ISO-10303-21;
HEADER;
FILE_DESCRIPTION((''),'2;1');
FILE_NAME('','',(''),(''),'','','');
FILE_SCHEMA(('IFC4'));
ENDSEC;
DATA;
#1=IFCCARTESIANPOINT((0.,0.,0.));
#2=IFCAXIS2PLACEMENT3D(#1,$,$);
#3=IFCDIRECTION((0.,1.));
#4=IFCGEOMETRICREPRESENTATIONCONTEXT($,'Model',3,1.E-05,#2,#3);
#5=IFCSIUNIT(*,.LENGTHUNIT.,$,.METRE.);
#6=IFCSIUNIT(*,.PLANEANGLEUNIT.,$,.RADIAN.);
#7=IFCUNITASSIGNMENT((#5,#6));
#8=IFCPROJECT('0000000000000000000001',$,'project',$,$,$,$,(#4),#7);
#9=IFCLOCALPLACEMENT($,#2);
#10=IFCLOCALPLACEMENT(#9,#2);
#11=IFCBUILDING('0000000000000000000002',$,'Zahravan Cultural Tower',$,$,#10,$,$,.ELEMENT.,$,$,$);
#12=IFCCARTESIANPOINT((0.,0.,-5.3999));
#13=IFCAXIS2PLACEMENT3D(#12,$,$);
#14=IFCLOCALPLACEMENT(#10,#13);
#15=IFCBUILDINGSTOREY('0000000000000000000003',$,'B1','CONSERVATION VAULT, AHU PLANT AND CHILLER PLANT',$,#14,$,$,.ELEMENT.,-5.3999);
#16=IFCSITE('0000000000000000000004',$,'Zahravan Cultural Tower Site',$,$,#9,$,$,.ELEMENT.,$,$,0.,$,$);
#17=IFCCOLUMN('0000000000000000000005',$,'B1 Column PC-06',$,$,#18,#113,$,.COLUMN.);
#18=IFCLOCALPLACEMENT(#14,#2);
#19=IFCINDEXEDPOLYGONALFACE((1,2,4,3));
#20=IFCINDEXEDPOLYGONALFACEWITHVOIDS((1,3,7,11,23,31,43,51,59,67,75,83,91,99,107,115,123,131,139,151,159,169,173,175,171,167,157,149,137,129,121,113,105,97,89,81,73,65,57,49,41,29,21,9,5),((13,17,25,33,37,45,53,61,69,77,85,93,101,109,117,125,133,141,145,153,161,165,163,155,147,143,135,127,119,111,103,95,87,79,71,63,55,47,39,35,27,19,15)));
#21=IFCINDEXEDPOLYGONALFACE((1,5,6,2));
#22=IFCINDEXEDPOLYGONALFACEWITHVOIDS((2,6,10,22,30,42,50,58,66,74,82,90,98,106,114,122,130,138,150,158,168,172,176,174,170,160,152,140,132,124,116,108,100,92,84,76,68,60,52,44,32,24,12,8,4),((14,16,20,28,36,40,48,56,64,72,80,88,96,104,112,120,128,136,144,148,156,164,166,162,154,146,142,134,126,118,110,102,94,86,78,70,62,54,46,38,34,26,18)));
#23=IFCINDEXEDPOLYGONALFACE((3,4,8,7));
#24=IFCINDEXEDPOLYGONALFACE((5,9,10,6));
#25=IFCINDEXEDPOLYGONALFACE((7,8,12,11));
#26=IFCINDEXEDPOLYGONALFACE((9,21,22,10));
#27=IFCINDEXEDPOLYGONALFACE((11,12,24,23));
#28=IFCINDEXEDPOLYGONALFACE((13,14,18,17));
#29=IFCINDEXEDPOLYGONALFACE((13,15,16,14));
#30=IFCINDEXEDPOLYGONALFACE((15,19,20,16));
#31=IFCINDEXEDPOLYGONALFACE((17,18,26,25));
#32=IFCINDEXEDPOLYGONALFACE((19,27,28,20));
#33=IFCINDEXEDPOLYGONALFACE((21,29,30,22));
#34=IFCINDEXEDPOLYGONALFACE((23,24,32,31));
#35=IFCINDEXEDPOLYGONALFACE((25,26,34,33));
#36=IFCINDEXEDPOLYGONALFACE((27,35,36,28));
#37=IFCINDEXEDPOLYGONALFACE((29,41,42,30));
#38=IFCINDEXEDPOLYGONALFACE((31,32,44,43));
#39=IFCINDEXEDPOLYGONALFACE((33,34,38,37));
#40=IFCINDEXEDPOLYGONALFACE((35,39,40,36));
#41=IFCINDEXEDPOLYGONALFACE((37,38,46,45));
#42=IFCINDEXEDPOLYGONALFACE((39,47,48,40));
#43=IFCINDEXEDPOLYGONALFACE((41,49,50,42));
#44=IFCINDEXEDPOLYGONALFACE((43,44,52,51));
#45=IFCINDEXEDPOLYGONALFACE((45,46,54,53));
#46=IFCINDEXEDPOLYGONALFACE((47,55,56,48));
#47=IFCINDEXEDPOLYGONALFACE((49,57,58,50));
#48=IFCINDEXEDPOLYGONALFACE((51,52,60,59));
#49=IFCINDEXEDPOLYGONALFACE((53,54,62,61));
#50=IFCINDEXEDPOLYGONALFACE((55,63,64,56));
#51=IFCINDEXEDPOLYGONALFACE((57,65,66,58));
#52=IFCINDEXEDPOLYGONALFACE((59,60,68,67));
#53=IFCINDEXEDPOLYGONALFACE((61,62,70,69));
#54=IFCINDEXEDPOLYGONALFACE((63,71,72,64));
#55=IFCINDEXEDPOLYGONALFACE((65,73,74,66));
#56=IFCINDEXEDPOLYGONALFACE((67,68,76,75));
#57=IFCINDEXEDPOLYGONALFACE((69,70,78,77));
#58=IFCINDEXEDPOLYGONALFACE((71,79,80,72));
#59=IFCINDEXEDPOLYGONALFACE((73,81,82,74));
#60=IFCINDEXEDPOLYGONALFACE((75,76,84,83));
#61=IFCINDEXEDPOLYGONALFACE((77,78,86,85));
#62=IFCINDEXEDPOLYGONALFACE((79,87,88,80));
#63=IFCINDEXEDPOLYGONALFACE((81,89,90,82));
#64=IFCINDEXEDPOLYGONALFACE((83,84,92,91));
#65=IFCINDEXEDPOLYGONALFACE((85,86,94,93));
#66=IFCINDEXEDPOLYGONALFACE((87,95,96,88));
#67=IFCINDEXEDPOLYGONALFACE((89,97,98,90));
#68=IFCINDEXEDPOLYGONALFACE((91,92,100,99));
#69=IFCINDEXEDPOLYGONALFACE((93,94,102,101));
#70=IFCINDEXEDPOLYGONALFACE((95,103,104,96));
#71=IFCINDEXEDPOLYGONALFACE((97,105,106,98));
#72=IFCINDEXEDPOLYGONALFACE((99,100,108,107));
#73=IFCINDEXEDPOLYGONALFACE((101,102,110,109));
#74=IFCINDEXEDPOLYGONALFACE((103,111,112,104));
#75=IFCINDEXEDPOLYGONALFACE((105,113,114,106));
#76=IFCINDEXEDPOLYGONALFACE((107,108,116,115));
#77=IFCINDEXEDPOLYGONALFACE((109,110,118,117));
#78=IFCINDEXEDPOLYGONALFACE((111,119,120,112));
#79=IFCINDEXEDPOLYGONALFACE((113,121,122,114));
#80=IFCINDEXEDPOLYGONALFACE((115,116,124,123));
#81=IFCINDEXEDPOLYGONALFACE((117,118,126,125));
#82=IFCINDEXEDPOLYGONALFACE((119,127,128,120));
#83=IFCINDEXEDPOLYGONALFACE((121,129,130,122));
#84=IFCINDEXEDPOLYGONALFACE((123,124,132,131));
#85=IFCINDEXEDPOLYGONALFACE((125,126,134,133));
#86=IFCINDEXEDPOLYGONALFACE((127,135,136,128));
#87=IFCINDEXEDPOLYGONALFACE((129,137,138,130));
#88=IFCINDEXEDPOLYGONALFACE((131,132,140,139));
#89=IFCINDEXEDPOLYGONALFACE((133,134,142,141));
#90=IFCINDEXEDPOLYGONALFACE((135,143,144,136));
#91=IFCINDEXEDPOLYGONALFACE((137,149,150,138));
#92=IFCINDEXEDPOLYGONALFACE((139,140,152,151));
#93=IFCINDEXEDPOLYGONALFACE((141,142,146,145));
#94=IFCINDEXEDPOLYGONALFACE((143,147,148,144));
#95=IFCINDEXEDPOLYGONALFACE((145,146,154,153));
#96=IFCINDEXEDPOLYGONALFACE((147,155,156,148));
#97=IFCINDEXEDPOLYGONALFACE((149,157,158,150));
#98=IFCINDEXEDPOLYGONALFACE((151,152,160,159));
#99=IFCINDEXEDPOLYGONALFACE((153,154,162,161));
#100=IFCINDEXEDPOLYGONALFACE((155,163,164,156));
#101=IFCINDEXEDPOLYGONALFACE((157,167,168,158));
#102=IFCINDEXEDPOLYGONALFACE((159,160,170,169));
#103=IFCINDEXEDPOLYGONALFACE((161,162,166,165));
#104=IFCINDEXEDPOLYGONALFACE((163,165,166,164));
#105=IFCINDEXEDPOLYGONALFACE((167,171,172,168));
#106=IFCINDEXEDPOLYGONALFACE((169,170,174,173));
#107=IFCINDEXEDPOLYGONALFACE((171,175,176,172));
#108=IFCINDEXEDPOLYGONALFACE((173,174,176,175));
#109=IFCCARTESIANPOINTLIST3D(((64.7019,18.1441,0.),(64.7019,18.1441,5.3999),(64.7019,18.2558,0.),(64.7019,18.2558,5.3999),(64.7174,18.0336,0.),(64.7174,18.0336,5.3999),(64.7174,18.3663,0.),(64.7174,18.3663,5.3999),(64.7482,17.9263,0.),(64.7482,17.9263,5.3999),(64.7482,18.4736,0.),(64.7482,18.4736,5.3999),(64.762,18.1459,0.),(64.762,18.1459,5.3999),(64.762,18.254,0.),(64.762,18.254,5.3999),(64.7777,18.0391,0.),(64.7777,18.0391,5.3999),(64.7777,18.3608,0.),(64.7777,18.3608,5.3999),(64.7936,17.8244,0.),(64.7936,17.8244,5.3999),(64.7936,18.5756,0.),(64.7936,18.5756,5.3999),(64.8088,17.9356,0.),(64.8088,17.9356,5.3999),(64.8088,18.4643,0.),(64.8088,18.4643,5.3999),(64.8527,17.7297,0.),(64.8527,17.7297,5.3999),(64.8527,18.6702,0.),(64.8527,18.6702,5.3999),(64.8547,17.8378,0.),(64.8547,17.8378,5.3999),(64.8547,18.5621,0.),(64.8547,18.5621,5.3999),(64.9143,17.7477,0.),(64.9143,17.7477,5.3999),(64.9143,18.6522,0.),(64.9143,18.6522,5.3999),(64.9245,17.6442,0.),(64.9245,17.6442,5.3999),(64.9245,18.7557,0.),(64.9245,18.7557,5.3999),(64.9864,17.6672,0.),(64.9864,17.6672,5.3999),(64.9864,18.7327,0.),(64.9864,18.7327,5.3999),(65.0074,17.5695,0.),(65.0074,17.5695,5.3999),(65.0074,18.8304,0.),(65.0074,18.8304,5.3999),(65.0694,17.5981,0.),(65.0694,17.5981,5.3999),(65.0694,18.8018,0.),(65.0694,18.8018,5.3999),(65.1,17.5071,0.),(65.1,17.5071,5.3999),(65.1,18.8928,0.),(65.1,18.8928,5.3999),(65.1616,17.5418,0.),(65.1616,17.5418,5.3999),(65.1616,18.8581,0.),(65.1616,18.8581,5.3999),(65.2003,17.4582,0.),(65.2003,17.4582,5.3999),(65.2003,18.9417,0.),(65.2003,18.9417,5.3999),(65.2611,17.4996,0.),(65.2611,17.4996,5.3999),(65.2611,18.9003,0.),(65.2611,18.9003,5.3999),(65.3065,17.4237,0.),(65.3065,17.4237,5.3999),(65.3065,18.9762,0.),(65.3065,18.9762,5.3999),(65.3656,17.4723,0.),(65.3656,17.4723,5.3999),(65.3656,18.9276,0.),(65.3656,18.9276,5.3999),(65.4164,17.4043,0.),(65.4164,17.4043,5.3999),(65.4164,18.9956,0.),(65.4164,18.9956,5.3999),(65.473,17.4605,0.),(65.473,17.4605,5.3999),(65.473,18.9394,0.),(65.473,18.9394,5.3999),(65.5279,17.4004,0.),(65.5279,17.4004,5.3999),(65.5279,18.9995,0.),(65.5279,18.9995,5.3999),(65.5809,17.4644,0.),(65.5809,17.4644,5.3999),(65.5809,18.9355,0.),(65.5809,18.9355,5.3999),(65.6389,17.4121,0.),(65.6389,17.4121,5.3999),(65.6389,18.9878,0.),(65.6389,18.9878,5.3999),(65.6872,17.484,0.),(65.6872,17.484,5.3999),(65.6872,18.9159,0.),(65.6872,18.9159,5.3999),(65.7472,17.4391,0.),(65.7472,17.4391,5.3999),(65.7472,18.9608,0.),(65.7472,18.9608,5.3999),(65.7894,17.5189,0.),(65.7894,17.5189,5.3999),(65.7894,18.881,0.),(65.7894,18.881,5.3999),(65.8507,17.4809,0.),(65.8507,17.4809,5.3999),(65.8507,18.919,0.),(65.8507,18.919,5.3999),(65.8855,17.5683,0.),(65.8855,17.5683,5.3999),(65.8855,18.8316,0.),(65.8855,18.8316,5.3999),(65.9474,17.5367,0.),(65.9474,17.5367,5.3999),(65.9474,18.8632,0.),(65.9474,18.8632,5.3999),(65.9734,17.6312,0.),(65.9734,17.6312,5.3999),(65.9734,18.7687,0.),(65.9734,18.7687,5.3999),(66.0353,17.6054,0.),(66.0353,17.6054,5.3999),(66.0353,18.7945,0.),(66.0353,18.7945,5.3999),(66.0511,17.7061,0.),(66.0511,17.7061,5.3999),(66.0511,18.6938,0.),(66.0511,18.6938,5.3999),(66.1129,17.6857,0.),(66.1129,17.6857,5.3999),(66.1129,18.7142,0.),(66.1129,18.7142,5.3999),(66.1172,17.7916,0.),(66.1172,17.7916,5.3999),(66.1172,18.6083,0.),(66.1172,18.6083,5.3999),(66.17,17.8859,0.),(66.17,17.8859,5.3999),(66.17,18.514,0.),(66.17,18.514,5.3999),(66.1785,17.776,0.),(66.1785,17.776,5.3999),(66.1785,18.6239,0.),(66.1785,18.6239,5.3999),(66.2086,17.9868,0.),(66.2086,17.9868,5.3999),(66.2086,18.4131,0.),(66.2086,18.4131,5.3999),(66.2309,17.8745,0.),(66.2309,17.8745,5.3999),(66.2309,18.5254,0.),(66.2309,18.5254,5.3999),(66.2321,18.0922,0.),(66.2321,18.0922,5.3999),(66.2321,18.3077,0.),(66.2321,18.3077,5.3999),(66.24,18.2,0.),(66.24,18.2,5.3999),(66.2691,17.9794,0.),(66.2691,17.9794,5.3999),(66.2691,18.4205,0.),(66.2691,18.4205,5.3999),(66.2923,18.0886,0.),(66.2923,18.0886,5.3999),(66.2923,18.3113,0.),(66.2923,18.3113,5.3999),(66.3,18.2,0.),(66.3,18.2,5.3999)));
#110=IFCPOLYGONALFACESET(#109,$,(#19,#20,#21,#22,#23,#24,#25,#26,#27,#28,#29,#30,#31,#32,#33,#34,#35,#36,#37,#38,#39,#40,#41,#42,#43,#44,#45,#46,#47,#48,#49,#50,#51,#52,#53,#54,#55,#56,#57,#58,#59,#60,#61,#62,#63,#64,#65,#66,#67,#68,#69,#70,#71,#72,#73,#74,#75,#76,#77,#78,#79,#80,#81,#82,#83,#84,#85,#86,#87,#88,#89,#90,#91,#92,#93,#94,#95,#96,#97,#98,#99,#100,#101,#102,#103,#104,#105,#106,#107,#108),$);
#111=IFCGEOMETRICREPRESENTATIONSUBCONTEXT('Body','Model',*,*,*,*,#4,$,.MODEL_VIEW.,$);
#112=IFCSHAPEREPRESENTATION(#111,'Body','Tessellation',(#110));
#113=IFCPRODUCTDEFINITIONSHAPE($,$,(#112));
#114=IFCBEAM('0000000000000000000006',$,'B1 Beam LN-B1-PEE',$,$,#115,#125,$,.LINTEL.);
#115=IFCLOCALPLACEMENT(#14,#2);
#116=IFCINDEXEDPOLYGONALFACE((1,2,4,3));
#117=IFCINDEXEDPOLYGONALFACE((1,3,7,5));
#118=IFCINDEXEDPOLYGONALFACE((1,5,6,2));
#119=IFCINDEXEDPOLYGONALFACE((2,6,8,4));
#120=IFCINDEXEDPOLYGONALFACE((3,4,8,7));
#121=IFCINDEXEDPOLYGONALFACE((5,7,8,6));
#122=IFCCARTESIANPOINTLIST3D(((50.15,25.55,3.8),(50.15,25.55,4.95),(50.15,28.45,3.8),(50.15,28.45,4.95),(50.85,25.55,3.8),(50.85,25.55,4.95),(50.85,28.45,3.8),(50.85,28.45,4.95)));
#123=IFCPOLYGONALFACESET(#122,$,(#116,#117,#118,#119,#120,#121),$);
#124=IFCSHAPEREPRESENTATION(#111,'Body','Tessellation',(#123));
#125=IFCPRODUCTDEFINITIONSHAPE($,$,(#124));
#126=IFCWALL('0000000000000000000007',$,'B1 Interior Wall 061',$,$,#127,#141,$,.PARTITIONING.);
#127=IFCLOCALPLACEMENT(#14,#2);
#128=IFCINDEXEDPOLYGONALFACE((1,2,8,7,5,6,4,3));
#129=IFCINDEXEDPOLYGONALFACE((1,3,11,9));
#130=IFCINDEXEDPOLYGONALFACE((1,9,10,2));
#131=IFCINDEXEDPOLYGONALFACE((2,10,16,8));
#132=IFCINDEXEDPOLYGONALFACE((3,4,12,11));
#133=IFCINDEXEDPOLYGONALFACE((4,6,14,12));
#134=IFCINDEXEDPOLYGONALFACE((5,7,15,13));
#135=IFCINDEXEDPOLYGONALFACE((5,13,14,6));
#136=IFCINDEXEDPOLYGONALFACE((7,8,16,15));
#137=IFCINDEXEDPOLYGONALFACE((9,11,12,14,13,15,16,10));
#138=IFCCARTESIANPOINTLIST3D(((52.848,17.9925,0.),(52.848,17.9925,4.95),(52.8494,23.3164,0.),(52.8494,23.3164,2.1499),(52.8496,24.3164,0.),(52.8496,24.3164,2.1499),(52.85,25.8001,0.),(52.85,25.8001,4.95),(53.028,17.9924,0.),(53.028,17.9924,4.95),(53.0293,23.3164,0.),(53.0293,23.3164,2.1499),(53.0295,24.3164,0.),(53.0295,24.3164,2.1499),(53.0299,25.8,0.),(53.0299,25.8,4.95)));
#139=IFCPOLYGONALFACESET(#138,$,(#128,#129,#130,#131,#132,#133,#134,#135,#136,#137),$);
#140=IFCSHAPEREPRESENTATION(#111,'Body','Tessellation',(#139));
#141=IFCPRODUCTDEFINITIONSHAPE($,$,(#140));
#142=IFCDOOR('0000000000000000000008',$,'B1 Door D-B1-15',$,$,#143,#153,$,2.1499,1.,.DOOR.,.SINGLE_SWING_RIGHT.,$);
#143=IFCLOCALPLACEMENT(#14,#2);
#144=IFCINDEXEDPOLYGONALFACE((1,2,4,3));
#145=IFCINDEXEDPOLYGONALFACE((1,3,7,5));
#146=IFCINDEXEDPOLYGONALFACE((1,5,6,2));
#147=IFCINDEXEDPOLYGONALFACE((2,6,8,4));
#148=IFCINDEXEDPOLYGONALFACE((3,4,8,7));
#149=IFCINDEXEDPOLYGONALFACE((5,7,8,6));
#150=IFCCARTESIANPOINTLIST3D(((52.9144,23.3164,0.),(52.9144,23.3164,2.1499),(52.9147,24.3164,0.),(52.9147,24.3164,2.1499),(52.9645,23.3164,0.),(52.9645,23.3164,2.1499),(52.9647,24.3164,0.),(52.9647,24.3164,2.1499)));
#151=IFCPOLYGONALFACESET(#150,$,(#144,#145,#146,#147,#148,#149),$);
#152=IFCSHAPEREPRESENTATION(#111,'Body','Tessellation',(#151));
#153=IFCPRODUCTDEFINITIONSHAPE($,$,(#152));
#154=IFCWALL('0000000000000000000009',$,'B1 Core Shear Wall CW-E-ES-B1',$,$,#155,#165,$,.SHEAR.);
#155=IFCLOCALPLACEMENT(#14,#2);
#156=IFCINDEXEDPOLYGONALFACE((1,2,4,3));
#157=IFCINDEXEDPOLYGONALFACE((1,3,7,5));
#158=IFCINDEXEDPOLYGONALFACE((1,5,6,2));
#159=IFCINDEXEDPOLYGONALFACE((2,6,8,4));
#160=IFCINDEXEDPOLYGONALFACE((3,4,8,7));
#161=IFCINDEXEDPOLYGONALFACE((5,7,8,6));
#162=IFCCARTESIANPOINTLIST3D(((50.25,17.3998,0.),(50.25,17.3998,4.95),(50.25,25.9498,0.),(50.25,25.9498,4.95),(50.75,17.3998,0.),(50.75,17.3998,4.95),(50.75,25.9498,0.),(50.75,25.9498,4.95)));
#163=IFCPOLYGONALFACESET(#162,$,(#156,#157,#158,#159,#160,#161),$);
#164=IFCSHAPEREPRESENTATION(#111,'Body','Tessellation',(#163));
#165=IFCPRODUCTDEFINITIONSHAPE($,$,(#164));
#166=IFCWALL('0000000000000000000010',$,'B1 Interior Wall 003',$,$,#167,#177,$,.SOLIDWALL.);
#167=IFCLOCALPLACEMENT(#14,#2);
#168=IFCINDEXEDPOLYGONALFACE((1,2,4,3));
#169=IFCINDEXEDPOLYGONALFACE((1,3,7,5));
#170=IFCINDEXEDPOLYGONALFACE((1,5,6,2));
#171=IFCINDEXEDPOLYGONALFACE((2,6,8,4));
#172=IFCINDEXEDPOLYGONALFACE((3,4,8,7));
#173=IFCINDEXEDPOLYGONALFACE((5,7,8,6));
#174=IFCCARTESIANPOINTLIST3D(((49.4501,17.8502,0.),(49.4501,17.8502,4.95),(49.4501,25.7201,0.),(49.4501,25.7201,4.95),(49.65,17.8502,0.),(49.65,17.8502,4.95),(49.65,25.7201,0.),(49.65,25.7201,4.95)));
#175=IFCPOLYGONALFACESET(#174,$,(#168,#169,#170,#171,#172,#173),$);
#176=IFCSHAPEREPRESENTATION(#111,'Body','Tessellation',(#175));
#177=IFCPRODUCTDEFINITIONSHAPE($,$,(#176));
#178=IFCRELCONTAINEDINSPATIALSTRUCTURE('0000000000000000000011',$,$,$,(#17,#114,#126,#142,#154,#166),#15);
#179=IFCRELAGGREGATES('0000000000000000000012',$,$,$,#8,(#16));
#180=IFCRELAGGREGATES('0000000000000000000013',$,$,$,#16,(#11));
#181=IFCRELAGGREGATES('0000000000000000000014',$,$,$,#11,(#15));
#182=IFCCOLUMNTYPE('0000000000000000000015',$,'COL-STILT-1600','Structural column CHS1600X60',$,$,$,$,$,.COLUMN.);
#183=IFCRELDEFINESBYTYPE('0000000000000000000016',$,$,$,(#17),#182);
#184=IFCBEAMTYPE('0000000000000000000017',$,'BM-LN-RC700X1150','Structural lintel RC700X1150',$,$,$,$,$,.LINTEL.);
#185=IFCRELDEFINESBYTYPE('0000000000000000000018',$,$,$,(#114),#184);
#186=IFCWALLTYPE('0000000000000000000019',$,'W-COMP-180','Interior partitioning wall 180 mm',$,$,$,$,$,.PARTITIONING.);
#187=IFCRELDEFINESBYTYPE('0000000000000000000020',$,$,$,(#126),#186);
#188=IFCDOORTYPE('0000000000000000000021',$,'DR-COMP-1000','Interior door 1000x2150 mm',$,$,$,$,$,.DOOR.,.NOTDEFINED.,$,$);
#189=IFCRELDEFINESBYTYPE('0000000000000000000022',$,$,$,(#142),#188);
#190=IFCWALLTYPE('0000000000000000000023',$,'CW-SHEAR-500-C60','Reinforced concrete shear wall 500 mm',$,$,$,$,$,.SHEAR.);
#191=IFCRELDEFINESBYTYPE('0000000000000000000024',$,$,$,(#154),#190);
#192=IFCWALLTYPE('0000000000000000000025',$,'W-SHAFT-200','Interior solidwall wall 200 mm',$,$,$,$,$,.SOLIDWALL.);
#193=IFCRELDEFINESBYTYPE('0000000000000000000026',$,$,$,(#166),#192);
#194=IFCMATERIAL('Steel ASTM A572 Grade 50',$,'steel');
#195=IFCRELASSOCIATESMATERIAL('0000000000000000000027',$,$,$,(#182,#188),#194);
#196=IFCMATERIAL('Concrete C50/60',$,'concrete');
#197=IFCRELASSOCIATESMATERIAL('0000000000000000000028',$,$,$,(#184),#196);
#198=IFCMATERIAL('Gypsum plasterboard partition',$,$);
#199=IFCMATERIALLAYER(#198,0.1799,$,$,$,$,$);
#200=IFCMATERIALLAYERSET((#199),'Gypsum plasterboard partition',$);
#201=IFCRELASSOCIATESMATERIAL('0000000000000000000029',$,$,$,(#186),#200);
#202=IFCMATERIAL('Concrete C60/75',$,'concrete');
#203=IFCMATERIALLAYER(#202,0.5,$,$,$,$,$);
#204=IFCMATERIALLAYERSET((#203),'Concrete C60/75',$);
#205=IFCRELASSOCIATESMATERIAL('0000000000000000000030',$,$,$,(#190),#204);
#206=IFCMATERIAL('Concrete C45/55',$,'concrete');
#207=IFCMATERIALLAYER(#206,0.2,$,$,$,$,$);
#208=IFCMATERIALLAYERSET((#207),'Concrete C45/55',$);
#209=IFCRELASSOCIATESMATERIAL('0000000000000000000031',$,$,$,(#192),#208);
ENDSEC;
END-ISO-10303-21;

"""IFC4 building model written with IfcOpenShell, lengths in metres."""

from ifc_helpers import new_model, si_unit, direction, frame, frame_2d, origin, origin_2d, place, context, subcontext, project, spatial, rectangle, hollow_circle, extrude, source, transform, mapped, material, layer, layer_set, material_profile, profile_set, type_object, element, fill, save


model = new_model("IFC4")

# Units and contexts
model_context = context("Model", 3, precision=1e-05, world=origin(), true_north=direction((0.0, 1.0)))
body_context = subcontext(model_context, "Body", "Model", "MODEL_VIEW")
ifc_project = project(units=[si_unit("LENGTHUNIT", "METRE"), si_unit("PLANEANGLEUNIT", "RADIAN")], contexts=[model_context])

# Site, building, storey
site_placement = place(None, origin())
site = spatial("IfcSite", under=ifc_project, at=site_placement, Name="Zahravan Cultural Tower Site", CompositionType="ELEMENT", RefElevation=0.0)
building_placement = place(site_placement, origin())
building = spatial("IfcBuilding", under=site, at=building_placement, Name="Zahravan Cultural Tower", CompositionType="ELEMENT")
storey_placement = place(building_placement, frame((0.0, 0.0, -5.3999)))
storey = spatial("IfcBuildingStorey", under=building, at=storey_placement, Name="B1", Description="CONSERVATION VAULT, AHU PLANT AND CHILLER PLANT", CompositionType="ELEMENT", Elevation=-5.3999)

# Shared definitions
ifc_material_1 = material(Name="Concrete C45/55", Category="concrete")

# Shared definitions
ifc_material_2 = material(Name="Concrete C50/60", Category="concrete")

# Column
ifc_material_3 = material(Name="Concrete C60/75", Category="concrete")
ifc_material_4 = material(Name="Steel ASTM A572 Grade 50", Category="steel")
ifc_material_profile_1 = material_profile(ifc_material_4, hollow_circle(Radius=0.8, WallThickness=0.0601, at=origin_2d()), Name="CHS1600X60")
ifc_profile_set_1 = profile_set([ifc_material_profile_1], Name="Steel ASTM A572 Grade 50")
column_type_1 = type_object("IfcColumnType", Name="COL-STILT-1600", Description="Structural column CHS1600X60", PredefinedType="COLUMN", material=ifc_profile_set_1)
shared_shape_1 = source(origin(), body_context, "Body", "SweptSolid", [
    extrude(hollow_circle(Radius=0.8, WallThickness=0.0601, at=origin_2d()), origin(), (0.0, 0.0, 1.0), 5.3999),
])
column_1_placement = place(storey_placement, frame((65.5, 18.2, 0.0), z_axis=(0.0, 0.0, 1.0), x_axis=(1.0, 0.0, 0.0)))
element("IfcColumn", 1, at=column_1_placement, inside=storey, type_object=column_type_1, Name="B1 Column PC-06", PredefinedType="COLUMN", context=body_context, shape_type="MappedRepresentation", body=[
    mapped(shared_shape_1, transform((0.0, 0.0, 0.0), x_axis=(1.0, 0.0, 0.0), y_axis=(0.0, 1.0, 0.0), z_axis=(0.0, 0.0, 1.0), scale=1.0)),
])

# Beam
ifc_material_profile_2 = material_profile(ifc_material_2, rectangle(XDim=0.7, YDim=1.1499, at=origin_2d()), Name="RC700X1150")
ifc_profile_set_2 = profile_set([ifc_material_profile_2], Name="Concrete C50/60")
beam_type = type_object("IfcBeamType", Name="BM-LN-RC700X1150", Description="Structural lintel RC700X1150", PredefinedType="LINTEL", material=ifc_profile_set_2)
shared_shape_2 = source(origin(), body_context, "Body", "SweptSolid", [
    extrude(rectangle(XDim=0.7, YDim=1.1499, at=origin_2d()), origin(), (0.0, 0.0, 1.0), 2.8999),
])
beam_placement = place(storey_placement, frame((50.5, 25.55, 4.375), z_axis=(0.0, 1.0, 0.0), x_axis=(-1.0, 0.0, 0.0)))
element("IfcBeam", 2, at=beam_placement, inside=storey, type_object=beam_type, Name="B1 Beam LN-B1-PEE", PredefinedType="LINTEL", context=body_context, shape_type="MappedRepresentation", body=[
    mapped(shared_shape_2, transform((0.0, 0.0, 0.0), x_axis=(1.0, 0.0, 0.0), y_axis=(0.0, 1.0, 0.0), z_axis=(0.0, 0.0, 1.0), scale=1.0)),
])

# Wall, opening, door
ifc_material_5 = material(Name="Gypsum plasterboard partition")
ifc_layer_1 = layer(ifc_material_5, 0.1799)
ifc_layer_set_1 = layer_set([ifc_layer_1], Name="Gypsum plasterboard partition")
wall_type_1 = type_object("IfcWallType", Name="W-COMP-180", Description="Interior partitioning wall 180 mm", PredefinedType="PARTITIONING", material=ifc_layer_set_1)
wall_1_placement = place(storey_placement, frame((52.938, 17.9924, 0.0), z_axis=(0.0, 0.0, 1.0), x_axis=(0.00025, 1.0, 0.0)))
wall_1 = element("IfcWall", 3, at=wall_1_placement, inside=storey, type_object=wall_type_1, Name="B1 Interior Wall 061", PredefinedType="PARTITIONING", context=body_context, shape_type="SweptSolid", body=[
    extrude(rectangle(XDim=7.8076, YDim=0.1799, at=frame_2d((3.9038, 0.0))), origin(), (0.0, 0.0, 1.0), 4.95),
])
opening_placement = place(wall_1_placement, frame((5.324, 0.0, 0.0)))
opening = element("IfcOpeningElement", 4, at=opening_placement, cuts=wall_1, PredefinedType="OPENING", context=body_context, shape_type="SweptSolid", body=[
    extrude(rectangle(XDim=1.0, YDim=2.1499, at=frame_2d((0.5, 1.075))), frame((0.0, 0.0999, 0.0), z_axis=(0.0, -1.0, 0.0), x_axis=(1.0, 0.0, 0.0)), (0.0, 0.0, 1.0), 0.2),
])
door_type = type_object("IfcDoorType", Name="DR-COMP-1000", Description="Interior door 1000x2150 mm", OperationType="NOTDEFINED", PredefinedType="DOOR", material=ifc_material_4)
shared_shape_3 = source(origin(), body_context, "Body", "SweptSolid", [
    extrude(rectangle(XDim=1.0, YDim=2.1499, at=frame_2d((0.5, 1.075))), frame((0.0, 0.0249, 0.0), z_axis=(0.0, -1.0, 0.0), x_axis=(1.0, 0.0, 0.0)), (0.0, 0.0, 1.0), 0.05),
])
door_placement = place(opening_placement, origin())
door = element("IfcDoor", 5, at=door_placement, inside=storey, type_object=door_type, Name="B1 Door D-B1-15", OperationType="SINGLE_SWING_RIGHT", OverallHeight=2.1499, OverallWidth=1.0, PredefinedType="DOOR", context=body_context, shape_type="MappedRepresentation", body=[
    mapped(shared_shape_3, transform((0.0, 0.0, 0.0), x_axis=(1.0, 0.0, 0.0), y_axis=(0.0, 1.0, 0.0), z_axis=(0.0, 0.0, 1.0), scale=1.0)),
])
fill(opening, door)

# Walls
ifc_layer_2 = layer(ifc_material_3, 0.5)
ifc_layer_set_2 = layer_set([ifc_layer_2], Name="Concrete C60/75")
wall_type_2 = type_object("IfcWallType", Name="CW-SHEAR-500-C60", Description="Reinforced concrete shear wall 500 mm", PredefinedType="SHEAR", material=ifc_layer_set_2)
shared_shape_4 = source(origin(), body_context, "Body", "SweptSolid", [
    extrude(rectangle(XDim=8.55, YDim=0.5, at=frame_2d((4.2749, 0.0))), origin(), (0.0, 0.0, 1.0), 4.95),
])
wall_2_placement = place(storey_placement, frame((50.5, 17.3999, 0.0), z_axis=(0.0, 0.0, 1.0), x_axis=(0.0, 1.0, 0.0)))
element("IfcWall", 6, at=wall_2_placement, inside=storey, type_object=wall_type_2, Name="B1 Core Shear Wall CW-E-ES-B1", PredefinedType="SHEAR", context=body_context, shape_type="MappedRepresentation", body=[
    mapped(shared_shape_4, transform((0.0, 0.0, 0.0), x_axis=(1.0, 0.0, 0.0), y_axis=(0.0, 1.0, 0.0), z_axis=(0.0, 0.0, 1.0), scale=1.0)),
])
ifc_layer_3 = layer(ifc_material_1, 0.2)
ifc_layer_set_3 = layer_set([ifc_layer_3], Name="Concrete C45/55")
wall_type_3 = type_object("IfcWallType", Name="W-SHAFT-200", Description="Interior solidwall wall 200 mm", PredefinedType="SOLIDWALL", material=ifc_layer_set_3)
shared_shape_5 = source(origin(), body_context, "Body", "SweptSolid", [
    extrude(rectangle(XDim=7.8699, YDim=0.2, at=frame_2d((3.9351, 0.0))), origin(), (0.0, 0.0, 1.0), 4.95),
])
wall_3_placement = place(storey_placement, frame((49.55, 17.8501, 0.0), z_axis=(0.0, 0.0, 1.0), x_axis=(0.0, 1.0, 0.0)))
element("IfcWall", 7, at=wall_3_placement, inside=storey, type_object=wall_type_3, Name="B1 Interior Wall 003", PredefinedType="SOLIDWALL", context=body_context, shape_type="MappedRepresentation", body=[
    mapped(shared_shape_5, transform((0.0, 0.0, 0.0), x_axis=(1.0, 0.0, 0.0), y_axis=(0.0, 1.0, 0.0), z_axis=(0.0, 0.0, 1.0), scale=1.0)),
])

save(model, "model.ifc")
